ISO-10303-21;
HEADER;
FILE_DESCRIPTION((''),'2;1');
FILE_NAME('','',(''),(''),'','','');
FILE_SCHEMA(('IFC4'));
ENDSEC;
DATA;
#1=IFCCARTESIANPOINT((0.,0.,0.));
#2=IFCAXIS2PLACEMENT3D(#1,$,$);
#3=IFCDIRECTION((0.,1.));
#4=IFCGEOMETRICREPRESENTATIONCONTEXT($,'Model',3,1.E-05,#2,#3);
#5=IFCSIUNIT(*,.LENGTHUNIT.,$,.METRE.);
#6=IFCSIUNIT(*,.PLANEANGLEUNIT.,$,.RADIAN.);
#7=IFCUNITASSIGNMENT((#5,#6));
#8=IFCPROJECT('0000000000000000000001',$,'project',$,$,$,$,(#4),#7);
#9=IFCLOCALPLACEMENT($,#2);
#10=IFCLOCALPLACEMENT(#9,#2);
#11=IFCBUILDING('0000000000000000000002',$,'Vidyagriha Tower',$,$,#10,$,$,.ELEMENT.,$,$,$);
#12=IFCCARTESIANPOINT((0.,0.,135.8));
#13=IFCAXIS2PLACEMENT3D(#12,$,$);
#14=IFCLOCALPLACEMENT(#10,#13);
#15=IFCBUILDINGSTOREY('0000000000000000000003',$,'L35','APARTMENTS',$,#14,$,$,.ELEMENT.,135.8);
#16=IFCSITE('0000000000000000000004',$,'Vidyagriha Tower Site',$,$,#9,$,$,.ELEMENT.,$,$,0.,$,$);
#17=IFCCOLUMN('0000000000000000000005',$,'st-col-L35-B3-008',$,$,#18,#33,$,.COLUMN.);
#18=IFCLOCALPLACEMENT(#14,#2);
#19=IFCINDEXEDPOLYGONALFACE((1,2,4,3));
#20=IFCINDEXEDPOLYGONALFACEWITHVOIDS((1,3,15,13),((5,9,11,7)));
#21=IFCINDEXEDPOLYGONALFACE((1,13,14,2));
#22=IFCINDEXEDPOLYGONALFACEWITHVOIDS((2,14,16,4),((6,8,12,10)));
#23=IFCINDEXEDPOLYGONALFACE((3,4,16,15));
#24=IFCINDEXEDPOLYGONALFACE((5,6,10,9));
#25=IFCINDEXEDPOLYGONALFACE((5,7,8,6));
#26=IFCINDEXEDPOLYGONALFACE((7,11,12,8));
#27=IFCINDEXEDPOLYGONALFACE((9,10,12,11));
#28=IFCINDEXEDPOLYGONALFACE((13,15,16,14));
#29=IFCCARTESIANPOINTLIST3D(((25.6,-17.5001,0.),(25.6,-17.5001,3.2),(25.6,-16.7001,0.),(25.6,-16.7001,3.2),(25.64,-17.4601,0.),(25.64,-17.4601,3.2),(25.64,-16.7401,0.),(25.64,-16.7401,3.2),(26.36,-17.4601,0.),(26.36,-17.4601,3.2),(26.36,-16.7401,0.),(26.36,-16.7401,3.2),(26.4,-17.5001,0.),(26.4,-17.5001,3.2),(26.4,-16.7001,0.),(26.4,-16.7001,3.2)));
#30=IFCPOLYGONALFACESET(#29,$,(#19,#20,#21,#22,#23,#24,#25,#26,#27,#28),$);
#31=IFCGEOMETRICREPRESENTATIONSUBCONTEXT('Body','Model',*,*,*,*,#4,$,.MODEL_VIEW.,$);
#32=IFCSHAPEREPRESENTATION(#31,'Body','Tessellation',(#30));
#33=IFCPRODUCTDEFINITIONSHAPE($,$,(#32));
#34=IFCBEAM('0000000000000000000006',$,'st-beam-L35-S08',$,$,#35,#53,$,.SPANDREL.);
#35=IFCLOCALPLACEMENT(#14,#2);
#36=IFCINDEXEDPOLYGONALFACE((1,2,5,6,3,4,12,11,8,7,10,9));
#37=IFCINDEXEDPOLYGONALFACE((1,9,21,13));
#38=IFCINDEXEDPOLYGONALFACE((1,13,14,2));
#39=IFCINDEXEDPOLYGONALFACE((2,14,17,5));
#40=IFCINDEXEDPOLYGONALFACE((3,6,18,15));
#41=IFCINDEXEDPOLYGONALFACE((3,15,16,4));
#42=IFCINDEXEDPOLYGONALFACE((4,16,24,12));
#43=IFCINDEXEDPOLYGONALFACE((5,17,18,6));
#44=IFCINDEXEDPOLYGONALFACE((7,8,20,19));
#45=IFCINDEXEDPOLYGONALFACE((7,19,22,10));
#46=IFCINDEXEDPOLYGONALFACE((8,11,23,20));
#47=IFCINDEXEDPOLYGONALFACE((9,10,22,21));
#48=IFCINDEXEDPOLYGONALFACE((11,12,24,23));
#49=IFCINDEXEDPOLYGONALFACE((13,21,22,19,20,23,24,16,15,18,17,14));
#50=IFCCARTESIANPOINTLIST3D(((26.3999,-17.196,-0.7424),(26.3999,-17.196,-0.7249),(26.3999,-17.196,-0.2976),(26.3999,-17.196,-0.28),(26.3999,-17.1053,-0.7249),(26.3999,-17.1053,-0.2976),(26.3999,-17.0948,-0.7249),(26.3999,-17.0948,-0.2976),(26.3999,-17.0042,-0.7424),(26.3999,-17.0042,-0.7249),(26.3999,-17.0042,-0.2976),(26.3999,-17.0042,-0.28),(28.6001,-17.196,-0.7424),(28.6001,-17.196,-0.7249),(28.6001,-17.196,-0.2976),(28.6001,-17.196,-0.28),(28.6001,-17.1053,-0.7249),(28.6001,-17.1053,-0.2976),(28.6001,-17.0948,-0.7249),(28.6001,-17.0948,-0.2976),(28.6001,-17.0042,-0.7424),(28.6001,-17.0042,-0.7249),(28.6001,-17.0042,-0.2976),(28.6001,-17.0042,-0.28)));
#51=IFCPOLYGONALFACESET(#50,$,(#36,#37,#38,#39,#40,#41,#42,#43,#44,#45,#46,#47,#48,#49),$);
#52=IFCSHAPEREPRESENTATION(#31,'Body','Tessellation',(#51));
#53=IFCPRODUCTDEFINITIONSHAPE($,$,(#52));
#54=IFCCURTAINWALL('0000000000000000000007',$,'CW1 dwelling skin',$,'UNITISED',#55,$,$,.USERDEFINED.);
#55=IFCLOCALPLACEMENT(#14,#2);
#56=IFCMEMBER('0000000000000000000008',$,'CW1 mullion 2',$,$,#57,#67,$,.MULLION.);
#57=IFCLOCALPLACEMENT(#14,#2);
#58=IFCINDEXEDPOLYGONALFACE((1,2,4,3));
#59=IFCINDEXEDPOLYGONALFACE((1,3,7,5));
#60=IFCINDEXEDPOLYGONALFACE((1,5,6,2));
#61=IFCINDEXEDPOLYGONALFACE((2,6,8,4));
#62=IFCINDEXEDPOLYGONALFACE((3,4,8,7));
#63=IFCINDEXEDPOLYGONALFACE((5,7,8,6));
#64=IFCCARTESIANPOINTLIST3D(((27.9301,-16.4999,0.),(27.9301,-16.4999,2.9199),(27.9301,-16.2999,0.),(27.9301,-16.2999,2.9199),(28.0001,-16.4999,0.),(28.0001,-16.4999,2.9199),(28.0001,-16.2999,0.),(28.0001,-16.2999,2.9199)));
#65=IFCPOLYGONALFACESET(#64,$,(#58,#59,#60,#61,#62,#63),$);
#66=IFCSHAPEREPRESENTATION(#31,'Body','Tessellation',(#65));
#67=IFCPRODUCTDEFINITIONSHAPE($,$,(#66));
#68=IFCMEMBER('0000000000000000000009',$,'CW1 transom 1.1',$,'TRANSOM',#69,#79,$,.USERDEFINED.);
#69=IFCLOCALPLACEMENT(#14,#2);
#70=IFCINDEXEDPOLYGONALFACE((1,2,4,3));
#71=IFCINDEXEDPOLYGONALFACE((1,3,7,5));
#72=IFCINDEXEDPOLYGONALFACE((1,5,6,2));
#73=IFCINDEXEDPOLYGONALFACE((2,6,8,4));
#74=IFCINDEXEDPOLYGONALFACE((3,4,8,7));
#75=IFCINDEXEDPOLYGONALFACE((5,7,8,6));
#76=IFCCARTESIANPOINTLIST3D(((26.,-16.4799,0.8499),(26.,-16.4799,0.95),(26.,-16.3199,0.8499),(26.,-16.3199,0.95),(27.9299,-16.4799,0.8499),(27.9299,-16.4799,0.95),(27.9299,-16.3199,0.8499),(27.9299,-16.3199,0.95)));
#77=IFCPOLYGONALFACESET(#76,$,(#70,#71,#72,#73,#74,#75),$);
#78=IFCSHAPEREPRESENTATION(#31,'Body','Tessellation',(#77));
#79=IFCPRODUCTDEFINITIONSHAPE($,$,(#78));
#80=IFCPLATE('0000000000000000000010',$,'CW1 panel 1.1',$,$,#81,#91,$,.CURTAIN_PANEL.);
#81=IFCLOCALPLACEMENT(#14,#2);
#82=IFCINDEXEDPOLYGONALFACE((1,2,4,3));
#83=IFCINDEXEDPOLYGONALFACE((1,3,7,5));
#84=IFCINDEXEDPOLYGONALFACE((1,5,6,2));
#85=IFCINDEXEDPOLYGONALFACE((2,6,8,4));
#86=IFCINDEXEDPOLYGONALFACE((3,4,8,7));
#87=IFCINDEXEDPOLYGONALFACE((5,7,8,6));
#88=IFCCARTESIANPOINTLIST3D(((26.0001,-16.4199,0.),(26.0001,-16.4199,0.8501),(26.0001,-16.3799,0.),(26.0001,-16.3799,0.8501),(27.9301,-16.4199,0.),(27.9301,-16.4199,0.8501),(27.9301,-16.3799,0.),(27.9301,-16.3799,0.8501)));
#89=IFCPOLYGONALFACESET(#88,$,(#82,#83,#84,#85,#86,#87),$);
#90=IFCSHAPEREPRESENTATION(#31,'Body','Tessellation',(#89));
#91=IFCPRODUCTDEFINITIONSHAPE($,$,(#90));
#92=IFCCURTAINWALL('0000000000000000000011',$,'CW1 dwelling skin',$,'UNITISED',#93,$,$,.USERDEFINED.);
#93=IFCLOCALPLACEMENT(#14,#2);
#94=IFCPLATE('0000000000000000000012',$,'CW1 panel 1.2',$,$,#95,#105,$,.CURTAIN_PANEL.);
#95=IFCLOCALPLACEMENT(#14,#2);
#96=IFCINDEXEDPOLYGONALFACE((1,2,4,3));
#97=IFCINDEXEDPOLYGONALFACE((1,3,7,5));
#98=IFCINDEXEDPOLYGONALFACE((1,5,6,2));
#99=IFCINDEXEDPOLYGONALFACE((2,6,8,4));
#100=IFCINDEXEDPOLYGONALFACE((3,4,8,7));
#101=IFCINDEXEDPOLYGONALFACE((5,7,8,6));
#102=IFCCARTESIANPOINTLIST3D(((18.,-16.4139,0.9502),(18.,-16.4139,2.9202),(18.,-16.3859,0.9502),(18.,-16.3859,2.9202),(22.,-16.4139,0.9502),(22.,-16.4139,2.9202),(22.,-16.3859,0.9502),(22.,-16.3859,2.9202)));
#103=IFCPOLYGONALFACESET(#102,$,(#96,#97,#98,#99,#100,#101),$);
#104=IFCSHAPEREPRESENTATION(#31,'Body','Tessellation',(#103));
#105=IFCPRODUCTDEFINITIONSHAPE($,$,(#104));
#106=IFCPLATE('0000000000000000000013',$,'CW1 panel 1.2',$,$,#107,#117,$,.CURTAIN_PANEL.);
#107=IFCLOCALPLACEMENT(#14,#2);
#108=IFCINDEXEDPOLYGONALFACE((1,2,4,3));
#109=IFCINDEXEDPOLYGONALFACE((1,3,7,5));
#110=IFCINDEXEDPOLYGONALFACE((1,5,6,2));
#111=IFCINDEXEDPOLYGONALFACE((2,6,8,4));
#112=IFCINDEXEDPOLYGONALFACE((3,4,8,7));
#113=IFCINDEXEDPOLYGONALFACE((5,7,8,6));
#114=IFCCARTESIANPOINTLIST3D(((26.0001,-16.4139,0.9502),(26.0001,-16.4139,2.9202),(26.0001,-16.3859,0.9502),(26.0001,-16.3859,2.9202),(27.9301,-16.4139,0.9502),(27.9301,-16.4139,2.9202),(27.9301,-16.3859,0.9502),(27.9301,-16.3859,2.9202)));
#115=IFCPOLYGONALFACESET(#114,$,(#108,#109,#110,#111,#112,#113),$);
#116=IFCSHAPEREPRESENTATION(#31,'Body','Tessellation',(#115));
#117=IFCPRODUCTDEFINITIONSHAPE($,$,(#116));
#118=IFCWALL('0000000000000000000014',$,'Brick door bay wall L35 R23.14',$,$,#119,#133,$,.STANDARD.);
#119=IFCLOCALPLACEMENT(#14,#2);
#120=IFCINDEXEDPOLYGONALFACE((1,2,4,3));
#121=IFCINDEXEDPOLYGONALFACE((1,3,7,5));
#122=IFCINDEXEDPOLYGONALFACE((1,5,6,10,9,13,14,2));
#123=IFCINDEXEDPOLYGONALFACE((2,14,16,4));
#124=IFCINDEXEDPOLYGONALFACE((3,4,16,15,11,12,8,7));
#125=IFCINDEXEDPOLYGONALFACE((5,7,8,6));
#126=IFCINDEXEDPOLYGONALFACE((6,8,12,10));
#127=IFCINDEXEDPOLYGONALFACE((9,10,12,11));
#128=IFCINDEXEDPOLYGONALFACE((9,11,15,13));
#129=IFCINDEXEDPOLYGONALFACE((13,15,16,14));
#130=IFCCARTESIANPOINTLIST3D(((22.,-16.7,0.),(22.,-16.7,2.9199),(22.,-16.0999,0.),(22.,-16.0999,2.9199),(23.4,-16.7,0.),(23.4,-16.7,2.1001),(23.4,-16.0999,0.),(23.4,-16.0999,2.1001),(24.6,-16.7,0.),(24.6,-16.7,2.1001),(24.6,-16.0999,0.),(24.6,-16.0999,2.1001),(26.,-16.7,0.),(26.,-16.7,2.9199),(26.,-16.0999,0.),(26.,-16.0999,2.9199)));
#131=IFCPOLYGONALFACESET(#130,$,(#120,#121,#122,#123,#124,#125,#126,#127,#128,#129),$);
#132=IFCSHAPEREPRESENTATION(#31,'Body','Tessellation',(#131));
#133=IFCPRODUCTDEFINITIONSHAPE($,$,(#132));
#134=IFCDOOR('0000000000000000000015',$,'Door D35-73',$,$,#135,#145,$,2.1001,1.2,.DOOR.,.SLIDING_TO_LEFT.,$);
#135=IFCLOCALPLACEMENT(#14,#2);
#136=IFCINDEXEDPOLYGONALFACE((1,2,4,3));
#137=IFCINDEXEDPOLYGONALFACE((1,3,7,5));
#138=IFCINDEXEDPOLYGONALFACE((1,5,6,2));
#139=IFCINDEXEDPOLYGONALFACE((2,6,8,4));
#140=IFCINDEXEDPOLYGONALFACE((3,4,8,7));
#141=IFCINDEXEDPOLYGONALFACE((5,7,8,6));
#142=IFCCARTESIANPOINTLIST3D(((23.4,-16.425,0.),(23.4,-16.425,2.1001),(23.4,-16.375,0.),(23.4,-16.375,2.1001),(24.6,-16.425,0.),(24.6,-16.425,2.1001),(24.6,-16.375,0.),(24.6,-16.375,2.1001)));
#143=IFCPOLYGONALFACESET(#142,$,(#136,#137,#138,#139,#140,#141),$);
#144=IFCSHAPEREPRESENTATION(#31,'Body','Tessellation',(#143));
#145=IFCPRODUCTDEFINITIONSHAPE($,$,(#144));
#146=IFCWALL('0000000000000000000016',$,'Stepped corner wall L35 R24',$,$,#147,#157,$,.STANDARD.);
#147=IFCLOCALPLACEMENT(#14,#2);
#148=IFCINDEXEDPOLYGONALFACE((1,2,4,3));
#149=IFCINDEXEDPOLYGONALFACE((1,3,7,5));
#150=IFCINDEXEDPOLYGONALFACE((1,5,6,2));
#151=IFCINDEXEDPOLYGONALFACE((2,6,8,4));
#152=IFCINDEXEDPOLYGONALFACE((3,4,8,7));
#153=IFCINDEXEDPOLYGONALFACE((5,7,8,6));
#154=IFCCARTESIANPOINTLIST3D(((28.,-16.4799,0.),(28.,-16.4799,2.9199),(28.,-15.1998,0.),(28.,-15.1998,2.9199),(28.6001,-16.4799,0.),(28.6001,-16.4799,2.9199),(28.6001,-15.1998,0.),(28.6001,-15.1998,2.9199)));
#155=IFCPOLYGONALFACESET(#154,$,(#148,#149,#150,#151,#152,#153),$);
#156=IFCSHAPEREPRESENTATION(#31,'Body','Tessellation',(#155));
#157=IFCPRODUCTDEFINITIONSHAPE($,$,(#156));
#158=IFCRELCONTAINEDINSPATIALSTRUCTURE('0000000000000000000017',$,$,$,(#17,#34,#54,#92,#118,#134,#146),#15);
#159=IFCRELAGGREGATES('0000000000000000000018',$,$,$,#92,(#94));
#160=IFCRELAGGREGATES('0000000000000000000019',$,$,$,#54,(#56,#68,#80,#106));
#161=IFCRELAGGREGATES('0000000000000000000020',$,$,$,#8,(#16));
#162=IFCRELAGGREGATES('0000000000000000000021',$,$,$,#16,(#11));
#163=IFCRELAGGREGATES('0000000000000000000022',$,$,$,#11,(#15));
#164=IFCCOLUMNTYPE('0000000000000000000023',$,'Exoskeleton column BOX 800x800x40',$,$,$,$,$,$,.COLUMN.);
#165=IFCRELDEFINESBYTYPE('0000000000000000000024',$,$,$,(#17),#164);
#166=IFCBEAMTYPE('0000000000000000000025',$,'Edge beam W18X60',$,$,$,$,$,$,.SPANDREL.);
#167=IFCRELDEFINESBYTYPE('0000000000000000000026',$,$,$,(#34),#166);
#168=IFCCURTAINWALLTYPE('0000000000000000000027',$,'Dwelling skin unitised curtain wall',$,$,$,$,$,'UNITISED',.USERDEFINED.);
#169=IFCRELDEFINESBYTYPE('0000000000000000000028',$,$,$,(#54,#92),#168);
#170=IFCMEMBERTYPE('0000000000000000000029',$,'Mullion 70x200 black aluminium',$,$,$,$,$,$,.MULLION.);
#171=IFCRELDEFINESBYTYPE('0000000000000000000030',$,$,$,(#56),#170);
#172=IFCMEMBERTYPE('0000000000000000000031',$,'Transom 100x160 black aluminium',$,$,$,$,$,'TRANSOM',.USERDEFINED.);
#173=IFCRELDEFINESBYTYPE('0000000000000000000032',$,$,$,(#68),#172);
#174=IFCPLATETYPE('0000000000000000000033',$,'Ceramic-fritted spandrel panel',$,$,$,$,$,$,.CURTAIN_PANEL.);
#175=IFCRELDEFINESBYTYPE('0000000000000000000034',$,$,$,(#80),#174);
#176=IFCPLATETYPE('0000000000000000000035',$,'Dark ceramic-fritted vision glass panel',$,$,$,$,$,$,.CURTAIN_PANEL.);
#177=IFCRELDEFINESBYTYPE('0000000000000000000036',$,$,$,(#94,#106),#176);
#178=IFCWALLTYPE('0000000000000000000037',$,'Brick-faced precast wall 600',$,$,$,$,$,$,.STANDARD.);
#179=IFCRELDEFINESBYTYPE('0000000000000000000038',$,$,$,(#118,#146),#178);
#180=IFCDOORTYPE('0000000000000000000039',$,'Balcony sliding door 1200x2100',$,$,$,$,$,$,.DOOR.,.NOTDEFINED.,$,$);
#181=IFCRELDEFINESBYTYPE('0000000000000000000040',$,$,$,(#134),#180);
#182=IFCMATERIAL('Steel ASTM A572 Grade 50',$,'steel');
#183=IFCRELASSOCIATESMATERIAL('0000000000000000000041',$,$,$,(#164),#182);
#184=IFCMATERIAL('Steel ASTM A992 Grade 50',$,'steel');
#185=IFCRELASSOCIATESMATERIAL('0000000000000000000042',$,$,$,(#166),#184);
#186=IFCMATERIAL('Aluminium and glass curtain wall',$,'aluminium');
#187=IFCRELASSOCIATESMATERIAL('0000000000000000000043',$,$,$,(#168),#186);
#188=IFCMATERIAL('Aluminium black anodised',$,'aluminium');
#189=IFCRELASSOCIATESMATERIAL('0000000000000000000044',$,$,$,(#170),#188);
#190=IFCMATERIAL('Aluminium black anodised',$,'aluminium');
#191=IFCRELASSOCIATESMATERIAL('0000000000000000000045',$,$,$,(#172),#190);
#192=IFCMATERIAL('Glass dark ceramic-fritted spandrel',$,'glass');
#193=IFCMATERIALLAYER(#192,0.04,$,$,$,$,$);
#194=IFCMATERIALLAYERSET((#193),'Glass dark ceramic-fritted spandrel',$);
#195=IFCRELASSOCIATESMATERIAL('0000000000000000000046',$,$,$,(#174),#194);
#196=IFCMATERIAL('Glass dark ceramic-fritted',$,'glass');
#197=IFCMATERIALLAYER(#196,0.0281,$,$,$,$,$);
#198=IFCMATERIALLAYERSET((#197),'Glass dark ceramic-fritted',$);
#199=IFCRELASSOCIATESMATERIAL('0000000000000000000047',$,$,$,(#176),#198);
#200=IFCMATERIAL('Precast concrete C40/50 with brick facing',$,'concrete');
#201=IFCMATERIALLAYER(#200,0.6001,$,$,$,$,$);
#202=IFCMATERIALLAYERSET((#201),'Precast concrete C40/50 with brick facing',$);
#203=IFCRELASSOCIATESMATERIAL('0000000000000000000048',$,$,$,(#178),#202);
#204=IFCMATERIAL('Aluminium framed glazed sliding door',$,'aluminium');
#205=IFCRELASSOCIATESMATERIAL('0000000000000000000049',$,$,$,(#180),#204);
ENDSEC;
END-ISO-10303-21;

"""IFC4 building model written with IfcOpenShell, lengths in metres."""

from ifc_helpers import new_model, si_unit, direction, frame, frame_2d, origin, origin_2d, place, context, subcontext, project, spatial, rectangle, hollow_rectangle, i_section, extrude, material, layer, layer_set, material_profile, profile_set, type_object, element, fill, aggregate, save


model = new_model("IFC4")

# Units and contexts
model_context = context("Model", 3, precision=1e-05, world=origin(), true_north=direction((0.0, 1.0)))
body_context = subcontext(model_context, "Body", "Model", "MODEL_VIEW")
ifc_project = project(units=[si_unit("LENGTHUNIT", "METRE"), si_unit("PLANEANGLEUNIT", "RADIAN")], contexts=[model_context])

# Site, building, storey
site_placement = place(None, origin())
site = spatial("IfcSite", under=ifc_project, at=site_placement, Name="Vidyagriha Tower Site", CompositionType="ELEMENT", RefElevation=0.0)
building_placement = place(site_placement, origin())
building = spatial("IfcBuilding", under=site, at=building_placement, Name="Vidyagriha Tower", CompositionType="ELEMENT")
storey_placement = place(building_placement, frame((0.0, 0.0, 135.8)))
storey = spatial("IfcBuildingStorey", under=building, at=storey_placement, Name="L35", Description="APARTMENTS", CompositionType="ELEMENT", Elevation=135.8)

# Column
ifc_material_1 = material(Name="Steel ASTM A572 Grade 50", Category="steel")
ifc_material_profile_1 = material_profile(ifc_material_1, hollow_rectangle(XDim=0.8, YDim=0.8, WallThickness=0.04, at=origin_2d()), Name="BOX 800x800x40")
ifc_profile_set_1 = profile_set([ifc_material_profile_1], Name="Steel ASTM A572 Grade 50")
column_type = type_object("IfcColumnType", Name="Exoskeleton column BOX 800x800x40", PredefinedType="COLUMN", material=ifc_profile_set_1)
column_placement = place(storey_placement, frame((26.0, -17.1001, 0.0)))
element("IfcColumn", 1, at=column_placement, inside=storey, type_object=column_type, Name="st-col-L35-B3-008", PredefinedType="COLUMN", context=body_context, shape_type="SweptSolid", body=[
    extrude(hollow_rectangle(XDim=0.8, YDim=0.8, WallThickness=0.04, at=origin_2d()), origin(), (0.0, 0.0, 1.0), 3.2),
])

# Beam
ifc_material_2 = material(Name="Steel ASTM A992 Grade 50", Category="steel")
ifc_material_profile_2 = material_profile(ifc_material_2, i_section(OverallWidth=0.1919, OverallDepth=0.4624, WebThickness=0.0105, FlangeThickness=0.0176, at=origin_2d()), Name="W18X60")
ifc_profile_set_2 = profile_set([ifc_material_profile_2], Name="Steel ASTM A992 Grade 50")
beam_type = type_object("IfcBeamType", Name="Edge beam W18X60", PredefinedType="SPANDREL", material=ifc_profile_set_2)
beam_placement = place(storey_placement, frame((26.3999, -17.1001, -0.5112), z_axis=(1.0, 0.0, 0.0), x_axis=(0.0, 1.0, 0.0)))
element("IfcBeam", 2, at=beam_placement, inside=storey, type_object=beam_type, Name="st-beam-L35-S08", PredefinedType="SPANDREL", context=body_context, shape_type="SweptSolid", body=[
    extrude(i_section(OverallWidth=0.1919, OverallDepth=0.4624, WebThickness=0.0105, FlangeThickness=0.0176, at=origin_2d()), origin(), (0.0, 0.0, 1.0), 2.2002),
])

# Curtain wall, members, plate
ifc_material_3 = material(Name="Aluminium and glass curtain wall", Category="aluminium")
curtain_wall_type = type_object("IfcCurtainWallType", Name="Dwelling skin unitised curtain wall", ElementType="UNITISED", PredefinedType="USERDEFINED", material=ifc_material_3)
curtain_wall_1_placement = place(storey_placement, origin())
curtain_wall_1 = element("IfcCurtainWall", 3, at=curtain_wall_1_placement, inside=storey, type_object=curtain_wall_type, Name="CW1 dwelling skin", ObjectType="UNITISED", PredefinedType="USERDEFINED")
ifc_material_4 = material(Name="Aluminium black anodised", Category="aluminium")
ifc_material_profile_3 = material_profile(ifc_material_4, rectangle(XDim=0.2, YDim=0.0701, at=origin_2d()), Name="Mullion 70x200 black aluminium")
ifc_profile_set_3 = profile_set([ifc_material_profile_3], Name="Aluminium black anodised")
member_type_1 = type_object("IfcMemberType", Name="Mullion 70x200 black aluminium", PredefinedType="MULLION", material=ifc_profile_set_3)
member_1_placement = place(storey_placement, frame((27.9651, -16.3999, 0.0), z_axis=(0.0, 0.0, 1.0), x_axis=(0.0, 1.0, 0.0)))
member_1 = element("IfcMember", 4, at=member_1_placement, type_object=member_type_1, Name="CW1 mullion 2", PredefinedType="MULLION", context=body_context, shape_type="SweptSolid", body=[
    extrude(rectangle(XDim=0.2, YDim=0.0701, at=origin_2d()), origin(), (0.0, 0.0, 1.0), 2.9199),
])
ifc_material_5 = material(Name="Aluminium black anodised", Category="aluminium")
ifc_material_profile_4 = material_profile(ifc_material_5, rectangle(XDim=0.1599, YDim=0.1001, at=origin_2d()), Name="Transom 100x160 black aluminium")
ifc_profile_set_4 = profile_set([ifc_material_profile_4], Name="Aluminium black anodised")
member_type_2 = type_object("IfcMemberType", Name="Transom 100x160 black aluminium", ElementType="TRANSOM", PredefinedType="USERDEFINED", material=ifc_profile_set_4)
member_2_placement = place(storey_placement, frame((26.0, -16.3999, 0.8999), z_axis=(1.0, 0.0, 0.0), x_axis=(0.0, 1.0, 0.0)))
member_2 = element("IfcMember", 5, at=member_2_placement, type_object=member_type_2, Name="CW1 transom 1.1", ObjectType="TRANSOM", PredefinedType="USERDEFINED", context=body_context, shape_type="SweptSolid", body=[
    extrude(rectangle(XDim=0.1599, YDim=0.1001, at=origin_2d()), origin(), (0.0, 0.0, 1.0), 1.9299),
])
ifc_material_6 = material(Name="Glass dark ceramic-fritted spandrel", Category="glass")
ifc_layer_1 = layer(ifc_material_6, 0.04)
ifc_layer_set_1 = layer_set([ifc_layer_1], Name="Glass dark ceramic-fritted spandrel")
plate_type_1 = type_object("IfcPlateType", Name="Ceramic-fritted spandrel panel", PredefinedType="CURTAIN_PANEL", material=ifc_layer_set_1)
plate_1_placement = place(storey_placement, frame((26.9651, -16.3999, 0.0)))
plate_1 = element("IfcPlate", 6, at=plate_1_placement, type_object=plate_type_1, Name="CW1 panel 1.1", PredefinedType="CURTAIN_PANEL", context=body_context, shape_type="SweptSolid", body=[
    extrude(rectangle(XDim=1.9299, YDim=0.04, at=origin_2d()), origin(), (0.0, 0.0, 1.0), 0.8501),
])

# Curtain wall, plate
curtain_wall_2_placement = place(storey_placement, origin())
curtain_wall_2 = element("IfcCurtainWall", 7, at=curtain_wall_2_placement, inside=storey, type_object=curtain_wall_type, Name="CW1 dwelling skin", ObjectType="UNITISED", PredefinedType="USERDEFINED")
ifc_material_7 = material(Name="Glass dark ceramic-fritted", Category="glass")
ifc_layer_2 = layer(ifc_material_7, 0.0281)
ifc_layer_set_2 = layer_set([ifc_layer_2], Name="Glass dark ceramic-fritted")
plate_type_2 = type_object("IfcPlateType", Name="Dark ceramic-fritted vision glass panel", PredefinedType="CURTAIN_PANEL", material=ifc_layer_set_2)
plate_2_placement = place(storey_placement, frame((20.0, -16.3999, 0.9502)))
plate_2 = element("IfcPlate", 8, at=plate_2_placement, type_object=plate_type_2, Name="CW1 panel 1.2", PredefinedType="CURTAIN_PANEL", context=body_context, shape_type="SweptSolid", body=[
    extrude(rectangle(XDim=4.0, YDim=0.0281, at=origin_2d()), origin(), (0.0, 0.0, 1.0), 1.97),
])
aggregate(curtain_wall_2, [plate_2])

# Plate
plate_3_placement = place(storey_placement, frame((26.9651, -16.3999, 0.9502)))
plate_3 = element("IfcPlate", 9, at=plate_3_placement, type_object=plate_type_2, Name="CW1 panel 1.2", PredefinedType="CURTAIN_PANEL", context=body_context, shape_type="SweptSolid", body=[
    extrude(rectangle(XDim=1.9299, YDim=0.0281, at=origin_2d()), origin(), (0.0, 0.0, 1.0), 1.97),
])
aggregate(curtain_wall_1, [member_1, member_2, plate_1, plate_3])

# Wall, opening, door
ifc_material_8 = material(Name="Precast concrete C40/50 with brick facing", Category="concrete")
ifc_layer_3 = layer(ifc_material_8, 0.6001)
ifc_layer_set_3 = layer_set([ifc_layer_3], Name="Precast concrete C40/50 with brick facing")
wall_type_1 = type_object("IfcWallType", Name="Brick-faced precast wall 600", PredefinedType="STANDARD", material=ifc_layer_set_3)
wall_1_placement = place(storey_placement, frame((22.0, -16.3999, 0.0)))
wall_1 = element("IfcWall", 10, at=wall_1_placement, inside=storey, type_object=wall_type_1, Name="Brick door bay wall L35 R23.14", PredefinedType="STANDARD", context=body_context, shape_type="SweptSolid", body=[
    extrude(rectangle(XDim=4.0, YDim=0.6001, at=frame_2d((2.0, 0.0))), origin(), (0.0, 0.0, 1.0), 2.9199),
])
opening_1_placement = place(wall_1_placement, frame((1.3999, 0.0, 0.0)))
opening_1 = element("IfcOpeningElement", 11, at=opening_1_placement, cuts=wall_1, PredefinedType="OPENING", context=body_context, shape_type="SweptSolid", body=[
    extrude(rectangle(XDim=1.2, YDim=2.1001, at=frame_2d((0.6001, 1.05))), frame((0.0, 0.3101, 0.0), z_axis=(0.0, -1.0, 0.0), x_axis=(1.0, 0.0, 0.0)), (0.0, 0.0, 1.0), 0.6201),
])
ifc_material_9 = material(Name="Aluminium framed glazed sliding door", Category="aluminium")
door_type = type_object("IfcDoorType", Name="Balcony sliding door 1200x2100", OperationType="NOTDEFINED", PredefinedType="DOOR", material=ifc_material_9)
door_placement = place(opening_1_placement, origin())
door = element("IfcDoor", 12, at=door_placement, inside=storey, type_object=door_type, Name="Door D35-73", OperationType="SLIDING_TO_LEFT", OverallHeight=2.1001, OverallWidth=1.2, PredefinedType="DOOR", context=body_context, shape_type="SweptSolid", body=[
    extrude(rectangle(XDim=1.2, YDim=2.1001, at=frame_2d((0.6001, 1.05))), frame((0.0, 0.0249, 0.0), z_axis=(0.0, -1.0, 0.0), x_axis=(1.0, 0.0, 0.0)), (0.0, 0.0, 1.0), 0.05),
])
fill(opening_1, door)

# Wall
wall_2_placement = place(storey_placement, frame((28.3, -16.48, 0.0), z_axis=(0.0, 0.0, 1.0), x_axis=(0.0, 1.0, 0.0)))
element("IfcWall", 13, at=wall_2_placement, inside=storey, type_object=wall_type_1, Name="Stepped corner wall L35 R24", PredefinedType="STANDARD", context=body_context, shape_type="SweptSolid", body=[
    extrude(rectangle(XDim=1.28, YDim=0.6001, at=frame_2d((0.6401, 0.0))), origin(), (0.0, 0.0, 1.0), 2.9199),
])

save(model, "model.ifc")
